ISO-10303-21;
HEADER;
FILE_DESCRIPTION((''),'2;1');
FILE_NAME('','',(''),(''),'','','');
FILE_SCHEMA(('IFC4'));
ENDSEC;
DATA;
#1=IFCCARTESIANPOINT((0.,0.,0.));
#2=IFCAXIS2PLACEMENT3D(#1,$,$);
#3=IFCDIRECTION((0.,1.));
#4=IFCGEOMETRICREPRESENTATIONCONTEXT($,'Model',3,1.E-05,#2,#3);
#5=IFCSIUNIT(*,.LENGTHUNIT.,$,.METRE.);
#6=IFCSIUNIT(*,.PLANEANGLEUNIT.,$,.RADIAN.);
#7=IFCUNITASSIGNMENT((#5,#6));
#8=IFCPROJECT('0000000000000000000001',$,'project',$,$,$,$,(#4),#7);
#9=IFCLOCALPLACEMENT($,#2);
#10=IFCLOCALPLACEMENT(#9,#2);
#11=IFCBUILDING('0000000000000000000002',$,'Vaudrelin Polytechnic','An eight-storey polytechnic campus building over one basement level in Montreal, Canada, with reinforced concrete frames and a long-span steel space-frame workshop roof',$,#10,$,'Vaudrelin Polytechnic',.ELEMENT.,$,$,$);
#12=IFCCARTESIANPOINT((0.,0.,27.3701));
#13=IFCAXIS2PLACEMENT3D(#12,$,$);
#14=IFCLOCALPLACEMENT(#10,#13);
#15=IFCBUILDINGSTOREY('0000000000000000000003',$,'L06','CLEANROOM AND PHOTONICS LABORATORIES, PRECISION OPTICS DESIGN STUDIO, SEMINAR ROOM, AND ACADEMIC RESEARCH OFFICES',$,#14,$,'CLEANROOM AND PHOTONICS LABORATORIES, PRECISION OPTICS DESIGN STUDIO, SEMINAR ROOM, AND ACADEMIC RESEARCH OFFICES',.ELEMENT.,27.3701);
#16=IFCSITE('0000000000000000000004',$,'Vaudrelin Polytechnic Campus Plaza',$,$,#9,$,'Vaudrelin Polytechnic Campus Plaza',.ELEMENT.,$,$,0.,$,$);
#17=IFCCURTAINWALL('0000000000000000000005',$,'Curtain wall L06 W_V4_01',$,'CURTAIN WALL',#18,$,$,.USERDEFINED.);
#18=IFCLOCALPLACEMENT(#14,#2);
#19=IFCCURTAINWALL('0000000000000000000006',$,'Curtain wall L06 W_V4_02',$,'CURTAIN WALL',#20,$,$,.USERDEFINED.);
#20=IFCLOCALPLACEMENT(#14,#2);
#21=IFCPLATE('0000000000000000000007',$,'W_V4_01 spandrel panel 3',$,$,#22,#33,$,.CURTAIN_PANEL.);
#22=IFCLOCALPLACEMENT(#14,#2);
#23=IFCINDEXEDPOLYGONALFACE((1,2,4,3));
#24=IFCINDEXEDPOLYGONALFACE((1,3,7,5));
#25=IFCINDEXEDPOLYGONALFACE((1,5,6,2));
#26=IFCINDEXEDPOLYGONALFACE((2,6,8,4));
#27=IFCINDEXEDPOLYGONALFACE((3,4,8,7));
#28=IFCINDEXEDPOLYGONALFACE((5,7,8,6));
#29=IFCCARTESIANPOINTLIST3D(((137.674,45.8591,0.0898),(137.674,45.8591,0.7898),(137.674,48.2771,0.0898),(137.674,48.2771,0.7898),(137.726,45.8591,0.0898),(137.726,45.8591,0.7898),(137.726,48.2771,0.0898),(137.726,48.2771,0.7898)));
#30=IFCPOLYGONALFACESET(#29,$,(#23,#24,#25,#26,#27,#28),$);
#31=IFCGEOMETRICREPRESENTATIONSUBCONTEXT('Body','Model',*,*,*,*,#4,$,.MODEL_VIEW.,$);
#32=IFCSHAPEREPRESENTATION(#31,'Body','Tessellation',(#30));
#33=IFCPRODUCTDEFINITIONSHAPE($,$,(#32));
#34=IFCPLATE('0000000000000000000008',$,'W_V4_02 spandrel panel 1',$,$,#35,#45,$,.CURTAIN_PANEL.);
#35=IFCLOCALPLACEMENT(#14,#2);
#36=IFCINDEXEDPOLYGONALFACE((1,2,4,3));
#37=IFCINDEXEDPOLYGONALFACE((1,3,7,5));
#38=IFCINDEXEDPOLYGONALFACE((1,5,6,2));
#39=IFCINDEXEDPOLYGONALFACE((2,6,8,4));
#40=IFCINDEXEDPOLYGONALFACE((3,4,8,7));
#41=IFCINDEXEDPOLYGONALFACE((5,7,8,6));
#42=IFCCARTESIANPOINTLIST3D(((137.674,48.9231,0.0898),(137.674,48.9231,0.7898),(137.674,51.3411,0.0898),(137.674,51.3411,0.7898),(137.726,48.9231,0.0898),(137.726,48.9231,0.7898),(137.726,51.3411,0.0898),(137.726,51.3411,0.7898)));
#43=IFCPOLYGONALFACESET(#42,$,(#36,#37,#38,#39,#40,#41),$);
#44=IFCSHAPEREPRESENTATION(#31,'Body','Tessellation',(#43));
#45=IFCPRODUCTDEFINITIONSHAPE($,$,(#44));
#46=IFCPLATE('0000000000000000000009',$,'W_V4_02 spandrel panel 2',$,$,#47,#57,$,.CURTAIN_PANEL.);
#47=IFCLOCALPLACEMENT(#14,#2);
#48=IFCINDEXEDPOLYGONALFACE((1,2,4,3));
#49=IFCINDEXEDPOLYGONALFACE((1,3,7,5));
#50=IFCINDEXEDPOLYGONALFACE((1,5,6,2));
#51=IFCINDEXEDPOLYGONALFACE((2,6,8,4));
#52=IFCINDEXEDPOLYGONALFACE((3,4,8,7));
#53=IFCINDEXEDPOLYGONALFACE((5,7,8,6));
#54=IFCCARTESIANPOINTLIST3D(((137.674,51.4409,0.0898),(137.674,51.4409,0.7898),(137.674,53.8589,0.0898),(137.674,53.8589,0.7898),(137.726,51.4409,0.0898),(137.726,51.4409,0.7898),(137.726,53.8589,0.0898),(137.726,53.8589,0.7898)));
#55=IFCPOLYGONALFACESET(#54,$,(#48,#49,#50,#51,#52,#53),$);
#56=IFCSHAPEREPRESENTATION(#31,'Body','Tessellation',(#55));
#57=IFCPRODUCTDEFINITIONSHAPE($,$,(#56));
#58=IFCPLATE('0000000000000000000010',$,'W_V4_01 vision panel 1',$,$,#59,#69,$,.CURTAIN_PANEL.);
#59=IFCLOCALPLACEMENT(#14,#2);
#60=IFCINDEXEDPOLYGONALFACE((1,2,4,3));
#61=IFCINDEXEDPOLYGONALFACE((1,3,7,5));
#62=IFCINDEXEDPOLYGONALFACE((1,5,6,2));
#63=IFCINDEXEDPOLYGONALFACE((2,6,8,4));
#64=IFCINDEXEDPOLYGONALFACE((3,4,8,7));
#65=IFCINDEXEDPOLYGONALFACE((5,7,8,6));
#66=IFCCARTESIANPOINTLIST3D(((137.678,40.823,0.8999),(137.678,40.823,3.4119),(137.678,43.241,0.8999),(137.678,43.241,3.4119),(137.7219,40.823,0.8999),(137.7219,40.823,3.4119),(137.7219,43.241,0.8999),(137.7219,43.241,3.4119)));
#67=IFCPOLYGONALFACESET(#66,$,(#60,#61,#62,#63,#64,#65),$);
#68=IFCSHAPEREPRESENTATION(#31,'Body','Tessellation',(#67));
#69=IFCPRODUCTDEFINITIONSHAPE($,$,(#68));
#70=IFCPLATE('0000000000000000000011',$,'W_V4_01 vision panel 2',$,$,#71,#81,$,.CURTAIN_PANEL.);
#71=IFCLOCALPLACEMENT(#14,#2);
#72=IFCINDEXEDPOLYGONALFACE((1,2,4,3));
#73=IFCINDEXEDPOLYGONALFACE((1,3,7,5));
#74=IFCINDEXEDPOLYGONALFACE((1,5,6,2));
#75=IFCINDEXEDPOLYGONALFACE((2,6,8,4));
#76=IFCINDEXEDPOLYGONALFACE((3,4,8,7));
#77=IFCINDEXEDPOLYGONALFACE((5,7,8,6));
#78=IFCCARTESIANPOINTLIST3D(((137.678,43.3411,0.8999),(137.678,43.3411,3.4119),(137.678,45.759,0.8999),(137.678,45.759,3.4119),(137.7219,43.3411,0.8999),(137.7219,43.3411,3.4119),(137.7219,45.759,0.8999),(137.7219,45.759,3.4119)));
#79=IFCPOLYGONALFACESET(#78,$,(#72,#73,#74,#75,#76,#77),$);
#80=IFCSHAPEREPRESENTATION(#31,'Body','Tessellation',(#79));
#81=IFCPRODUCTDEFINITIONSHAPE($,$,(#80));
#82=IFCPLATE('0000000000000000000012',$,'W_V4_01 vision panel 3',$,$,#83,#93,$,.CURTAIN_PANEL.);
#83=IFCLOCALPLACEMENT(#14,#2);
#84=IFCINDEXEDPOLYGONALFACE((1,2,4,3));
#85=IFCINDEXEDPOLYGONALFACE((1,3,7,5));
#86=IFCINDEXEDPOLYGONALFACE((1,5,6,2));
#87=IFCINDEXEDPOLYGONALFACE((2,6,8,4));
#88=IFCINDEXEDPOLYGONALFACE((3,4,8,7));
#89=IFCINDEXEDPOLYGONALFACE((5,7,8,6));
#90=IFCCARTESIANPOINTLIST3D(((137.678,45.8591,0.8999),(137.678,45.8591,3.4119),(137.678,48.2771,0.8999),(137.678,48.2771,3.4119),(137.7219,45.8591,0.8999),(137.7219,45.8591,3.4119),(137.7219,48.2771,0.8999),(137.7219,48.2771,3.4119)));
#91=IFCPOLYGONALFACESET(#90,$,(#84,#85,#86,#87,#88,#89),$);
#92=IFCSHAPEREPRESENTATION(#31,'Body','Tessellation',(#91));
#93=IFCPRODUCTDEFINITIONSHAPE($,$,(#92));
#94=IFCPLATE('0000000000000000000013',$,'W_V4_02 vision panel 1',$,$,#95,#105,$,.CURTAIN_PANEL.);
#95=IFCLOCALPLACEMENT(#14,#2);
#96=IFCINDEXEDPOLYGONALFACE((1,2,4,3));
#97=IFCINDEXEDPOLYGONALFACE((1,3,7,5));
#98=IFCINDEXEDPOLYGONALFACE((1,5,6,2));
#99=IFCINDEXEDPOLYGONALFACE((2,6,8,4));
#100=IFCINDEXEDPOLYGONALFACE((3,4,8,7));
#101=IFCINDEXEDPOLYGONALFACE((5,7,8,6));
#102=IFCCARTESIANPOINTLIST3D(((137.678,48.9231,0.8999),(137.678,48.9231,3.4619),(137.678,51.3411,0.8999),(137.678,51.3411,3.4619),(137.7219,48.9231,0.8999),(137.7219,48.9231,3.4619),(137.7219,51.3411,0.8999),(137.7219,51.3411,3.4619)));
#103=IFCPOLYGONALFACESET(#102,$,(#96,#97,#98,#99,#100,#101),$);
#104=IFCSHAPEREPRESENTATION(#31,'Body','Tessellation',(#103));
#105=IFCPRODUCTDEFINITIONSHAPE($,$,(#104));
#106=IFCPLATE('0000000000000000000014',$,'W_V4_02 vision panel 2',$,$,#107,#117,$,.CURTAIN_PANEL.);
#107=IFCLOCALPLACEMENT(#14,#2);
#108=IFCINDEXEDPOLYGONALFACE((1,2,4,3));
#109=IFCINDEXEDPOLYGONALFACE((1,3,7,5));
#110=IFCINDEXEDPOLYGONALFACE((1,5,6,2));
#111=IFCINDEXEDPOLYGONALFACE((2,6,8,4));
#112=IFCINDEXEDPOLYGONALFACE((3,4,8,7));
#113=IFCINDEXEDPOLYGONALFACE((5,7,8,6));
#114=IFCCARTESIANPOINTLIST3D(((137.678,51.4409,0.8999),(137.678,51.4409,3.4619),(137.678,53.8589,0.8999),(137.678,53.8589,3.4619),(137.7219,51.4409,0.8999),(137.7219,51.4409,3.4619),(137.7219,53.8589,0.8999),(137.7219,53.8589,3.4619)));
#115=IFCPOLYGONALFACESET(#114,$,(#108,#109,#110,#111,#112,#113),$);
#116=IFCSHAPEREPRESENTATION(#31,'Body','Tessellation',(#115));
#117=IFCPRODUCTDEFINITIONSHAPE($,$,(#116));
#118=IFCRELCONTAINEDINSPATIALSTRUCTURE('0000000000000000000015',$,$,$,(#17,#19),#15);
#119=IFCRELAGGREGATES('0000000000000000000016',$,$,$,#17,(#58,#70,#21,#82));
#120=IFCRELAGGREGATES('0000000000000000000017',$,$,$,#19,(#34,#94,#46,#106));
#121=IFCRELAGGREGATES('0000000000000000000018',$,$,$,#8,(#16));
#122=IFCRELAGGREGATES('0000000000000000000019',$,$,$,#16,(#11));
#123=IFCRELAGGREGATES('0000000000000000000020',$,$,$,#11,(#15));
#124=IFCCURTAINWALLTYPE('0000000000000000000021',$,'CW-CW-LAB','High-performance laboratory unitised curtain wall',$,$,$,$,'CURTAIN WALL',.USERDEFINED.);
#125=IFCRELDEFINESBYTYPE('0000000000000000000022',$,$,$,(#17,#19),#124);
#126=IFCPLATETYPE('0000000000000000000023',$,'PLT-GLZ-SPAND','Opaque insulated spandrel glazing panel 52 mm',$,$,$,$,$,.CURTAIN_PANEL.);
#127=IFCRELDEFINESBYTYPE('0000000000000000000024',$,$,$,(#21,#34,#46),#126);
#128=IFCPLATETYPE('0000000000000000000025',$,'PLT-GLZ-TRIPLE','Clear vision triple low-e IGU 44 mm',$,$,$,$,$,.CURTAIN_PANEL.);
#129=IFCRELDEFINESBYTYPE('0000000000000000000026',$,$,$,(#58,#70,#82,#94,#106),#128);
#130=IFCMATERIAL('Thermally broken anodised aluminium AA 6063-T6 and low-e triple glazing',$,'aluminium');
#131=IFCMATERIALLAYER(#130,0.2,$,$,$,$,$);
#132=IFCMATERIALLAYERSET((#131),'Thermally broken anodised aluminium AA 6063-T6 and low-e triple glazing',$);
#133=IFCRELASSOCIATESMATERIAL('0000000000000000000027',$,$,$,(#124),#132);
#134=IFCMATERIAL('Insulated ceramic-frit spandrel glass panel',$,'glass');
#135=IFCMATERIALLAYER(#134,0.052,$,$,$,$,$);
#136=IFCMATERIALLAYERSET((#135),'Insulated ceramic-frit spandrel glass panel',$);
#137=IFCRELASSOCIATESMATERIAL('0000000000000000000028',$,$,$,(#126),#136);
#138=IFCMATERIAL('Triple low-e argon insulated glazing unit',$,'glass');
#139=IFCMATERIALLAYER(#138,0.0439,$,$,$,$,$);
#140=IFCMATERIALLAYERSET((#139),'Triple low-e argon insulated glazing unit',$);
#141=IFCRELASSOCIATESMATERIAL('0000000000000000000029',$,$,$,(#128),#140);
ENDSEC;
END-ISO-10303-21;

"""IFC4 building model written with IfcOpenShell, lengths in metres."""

from ifc_helpers import new_model, si_unit, direction, frame, origin, origin_2d, place, context, subcontext, project, spatial, rectangle, extrude, material, layer, layer_set, type_object, element, aggregate, save


model = new_model("IFC4")

# Units and contexts
model_context = context("Model", 3, precision=1e-05, world=origin(), true_north=direction((0.0, 1.0)))
body_context = subcontext(model_context, "Body", "Model", "MODEL_VIEW")
ifc_project = project(units=[si_unit("LENGTHUNIT", "METRE"), si_unit("PLANEANGLEUNIT", "RADIAN")], contexts=[model_context])

# Site, building, storey
site_placement = place(None, origin())
site = spatial("IfcSite", under=ifc_project, at=site_placement, Name="Vaudrelin Polytechnic Campus Plaza", LongName="Vaudrelin Polytechnic Campus Plaza", CompositionType="ELEMENT", RefElevation=0.0)
building_placement = place(site_placement, origin())
building = spatial("IfcBuilding", under=site, at=building_placement, Name="Vaudrelin Polytechnic", Description="An eight-storey polytechnic campus building over one basement level in Montreal, Canada, with reinforced concrete frames and a long-span steel space-frame workshop roof", LongName="Vaudrelin Polytechnic", CompositionType="ELEMENT")
storey_placement = place(building_placement, frame((0.0, 0.0, 27.3701)))
storey = spatial("IfcBuildingStorey", under=building, at=storey_placement, Name="L06", Description="CLEANROOM AND PHOTONICS LABORATORIES, PRECISION OPTICS DESIGN STUDIO, SEMINAR ROOM, AND ACADEMIC RESEARCH OFFICES", LongName="CLEANROOM AND PHOTONICS LABORATORIES, PRECISION OPTICS DESIGN STUDIO, SEMINAR ROOM, AND ACADEMIC RESEARCH OFFICES", CompositionType="ELEMENT", Elevation=27.3701)

# Curtain walls
ifc_material_1 = material(Name="Thermally broken anodised aluminium AA 6063-T6 and low-e triple glazing", Category="aluminium")
ifc_layer_1 = layer(ifc_material_1, 0.2)
ifc_layer_set_1 = layer_set([ifc_layer_1], Name="Thermally broken anodised aluminium AA 6063-T6 and low-e triple glazing")
curtain_wall_type = type_object("IfcCurtainWallType", Name="CW-CW-LAB", Description="High-performance laboratory unitised curtain wall", ElementType="CURTAIN WALL", PredefinedType="USERDEFINED", material=ifc_layer_set_1)
curtain_wall_1_placement = place(storey_placement, origin())
curtain_wall_1 = element("IfcCurtainWall", 1, at=curtain_wall_1_placement, inside=storey, type_object=curtain_wall_type, Name="Curtain wall L06 W_V4_01", ObjectType="CURTAIN WALL", PredefinedType="USERDEFINED")
curtain_wall_2_placement = place(storey_placement, origin())
curtain_wall_2 = element("IfcCurtainWall", 2, at=curtain_wall_2_placement, inside=storey, type_object=curtain_wall_type, Name="Curtain wall L06 W_V4_02", ObjectType="CURTAIN WALL", PredefinedType="USERDEFINED")

# Plates
ifc_material_2 = material(Name="Insulated ceramic-frit spandrel glass panel", Category="glass")
ifc_layer_2 = layer(ifc_material_2, 0.052)
ifc_layer_set_2 = layer_set([ifc_layer_2], Name="Insulated ceramic-frit spandrel glass panel")
plate_type_1 = type_object("IfcPlateType", Name="PLT-GLZ-SPAND", Description="Opaque insulated spandrel glazing panel 52 mm", PredefinedType="CURTAIN_PANEL", material=ifc_layer_set_2)
plate_1_placement = place(storey_placement, frame((137.7, 47.0681, 0.0898), z_axis=(0.0, 0.0, 1.0), x_axis=(0.0, 1.0, 0.0)))
plate_1 = element("IfcPlate", 3, at=plate_1_placement, type_object=plate_type_1, Name="W_V4_01 spandrel panel 3", PredefinedType="CURTAIN_PANEL", context=body_context, shape_type="SweptSolid", body=[
    extrude(rectangle(XDim=2.418, YDim=0.052, at=origin_2d()), origin(), (0.0, 0.0, 1.0), 0.7),
])
plate_2_placement = place(storey_placement, frame((137.7, 50.1321, 0.0898), z_axis=(0.0, 0.0, 1.0), x_axis=(0.0, 1.0, 0.0)))
plate_2 = element("IfcPlate", 4, at=plate_2_placement, type_object=plate_type_1, Name="W_V4_02 spandrel panel 1", PredefinedType="CURTAIN_PANEL", context=body_context, shape_type="SweptSolid", body=[
    extrude(rectangle(XDim=2.418, YDim=0.052, at=origin_2d()), origin(), (0.0, 0.0, 1.0), 0.7),
])
plate_3_placement = place(storey_placement, frame((137.7, 52.6499, 0.0898), z_axis=(0.0, 0.0, 1.0), x_axis=(0.0, 1.0, 0.0)))
plate_3 = element("IfcPlate", 5, at=plate_3_placement, type_object=plate_type_1, Name="W_V4_02 spandrel panel 2", PredefinedType="CURTAIN_PANEL", context=body_context, shape_type="SweptSolid", body=[
    extrude(rectangle(XDim=2.418, YDim=0.052, at=origin_2d()), origin(), (0.0, 0.0, 1.0), 0.7),
])
ifc_material_3 = material(Name="Triple low-e argon insulated glazing unit", Category="glass")
ifc_layer_3 = layer(ifc_material_3, 0.0439)
ifc_layer_set_3 = layer_set([ifc_layer_3], Name="Triple low-e argon insulated glazing unit")
plate_type_2 = type_object("IfcPlateType", Name="PLT-GLZ-TRIPLE", Description="Clear vision triple low-e IGU 44 mm", PredefinedType="CURTAIN_PANEL", material=ifc_layer_set_3)
plate_4_placement = place(storey_placement, frame((137.7, 42.032, 0.8999), z_axis=(0.0, 0.0, 1.0), x_axis=(0.0, 1.0, 0.0)))
plate_4 = element("IfcPlate", 6, at=plate_4_placement, type_object=plate_type_2, Name="W_V4_01 vision panel 1", PredefinedType="CURTAIN_PANEL", context=body_context, shape_type="SweptSolid", body=[
    extrude(rectangle(XDim=2.418, YDim=0.0439, at=origin_2d()), origin(), (0.0, 0.0, 1.0), 2.512),
])
plate_5_placement = place(storey_placement, frame((137.7, 44.55, 0.8999), z_axis=(0.0, 0.0, 1.0), x_axis=(0.0, 1.0, 0.0)))
plate_5 = element("IfcPlate", 7, at=plate_5_placement, type_object=plate_type_2, Name="W_V4_01 vision panel 2", PredefinedType="CURTAIN_PANEL", context=body_context, shape_type="SweptSolid", body=[
    extrude(rectangle(XDim=2.418, YDim=0.0439, at=origin_2d()), origin(), (0.0, 0.0, 1.0), 2.512),
])
plate_6_placement = place(storey_placement, frame((137.7, 47.0681, 0.8999), z_axis=(0.0, 0.0, 1.0), x_axis=(0.0, 1.0, 0.0)))
plate_6 = element("IfcPlate", 8, at=plate_6_placement, type_object=plate_type_2, Name="W_V4_01 vision panel 3", PredefinedType="CURTAIN_PANEL", context=body_context, shape_type="SweptSolid", body=[
    extrude(rectangle(XDim=2.418, YDim=0.0439, at=origin_2d()), origin(), (0.0, 0.0, 1.0), 2.512),
])
aggregate(curtain_wall_1, [plate_4, plate_5, plate_1, plate_6])
plate_7_placement = place(storey_placement, frame((137.7, 50.1321, 0.8999), z_axis=(0.0, 0.0, 1.0), x_axis=(0.0, 1.0, 0.0)))
plate_7 = element("IfcPlate", 9, at=plate_7_placement, type_object=plate_type_2, Name="W_V4_02 vision panel 1", PredefinedType="CURTAIN_PANEL", context=body_context, shape_type="SweptSolid", body=[
    extrude(rectangle(XDim=2.418, YDim=0.0439, at=origin_2d()), origin(), (0.0, 0.0, 1.0), 2.562),
])
plate_8_placement = place(storey_placement, frame((137.7, 52.6499, 0.8999), z_axis=(0.0, 0.0, 1.0), x_axis=(0.0, 1.0, 0.0)))
plate_8 = element("IfcPlate", 10, at=plate_8_placement, type_object=plate_type_2, Name="W_V4_02 vision panel 2", PredefinedType="CURTAIN_PANEL", context=body_context, shape_type="SweptSolid", body=[
    extrude(rectangle(XDim=2.418, YDim=0.0439, at=origin_2d()), origin(), (0.0, 0.0, 1.0), 2.562),
])
aggregate(curtain_wall_2, [plate_2, plate_7, plate_3, plate_8])

save(model, "model.ifc")
